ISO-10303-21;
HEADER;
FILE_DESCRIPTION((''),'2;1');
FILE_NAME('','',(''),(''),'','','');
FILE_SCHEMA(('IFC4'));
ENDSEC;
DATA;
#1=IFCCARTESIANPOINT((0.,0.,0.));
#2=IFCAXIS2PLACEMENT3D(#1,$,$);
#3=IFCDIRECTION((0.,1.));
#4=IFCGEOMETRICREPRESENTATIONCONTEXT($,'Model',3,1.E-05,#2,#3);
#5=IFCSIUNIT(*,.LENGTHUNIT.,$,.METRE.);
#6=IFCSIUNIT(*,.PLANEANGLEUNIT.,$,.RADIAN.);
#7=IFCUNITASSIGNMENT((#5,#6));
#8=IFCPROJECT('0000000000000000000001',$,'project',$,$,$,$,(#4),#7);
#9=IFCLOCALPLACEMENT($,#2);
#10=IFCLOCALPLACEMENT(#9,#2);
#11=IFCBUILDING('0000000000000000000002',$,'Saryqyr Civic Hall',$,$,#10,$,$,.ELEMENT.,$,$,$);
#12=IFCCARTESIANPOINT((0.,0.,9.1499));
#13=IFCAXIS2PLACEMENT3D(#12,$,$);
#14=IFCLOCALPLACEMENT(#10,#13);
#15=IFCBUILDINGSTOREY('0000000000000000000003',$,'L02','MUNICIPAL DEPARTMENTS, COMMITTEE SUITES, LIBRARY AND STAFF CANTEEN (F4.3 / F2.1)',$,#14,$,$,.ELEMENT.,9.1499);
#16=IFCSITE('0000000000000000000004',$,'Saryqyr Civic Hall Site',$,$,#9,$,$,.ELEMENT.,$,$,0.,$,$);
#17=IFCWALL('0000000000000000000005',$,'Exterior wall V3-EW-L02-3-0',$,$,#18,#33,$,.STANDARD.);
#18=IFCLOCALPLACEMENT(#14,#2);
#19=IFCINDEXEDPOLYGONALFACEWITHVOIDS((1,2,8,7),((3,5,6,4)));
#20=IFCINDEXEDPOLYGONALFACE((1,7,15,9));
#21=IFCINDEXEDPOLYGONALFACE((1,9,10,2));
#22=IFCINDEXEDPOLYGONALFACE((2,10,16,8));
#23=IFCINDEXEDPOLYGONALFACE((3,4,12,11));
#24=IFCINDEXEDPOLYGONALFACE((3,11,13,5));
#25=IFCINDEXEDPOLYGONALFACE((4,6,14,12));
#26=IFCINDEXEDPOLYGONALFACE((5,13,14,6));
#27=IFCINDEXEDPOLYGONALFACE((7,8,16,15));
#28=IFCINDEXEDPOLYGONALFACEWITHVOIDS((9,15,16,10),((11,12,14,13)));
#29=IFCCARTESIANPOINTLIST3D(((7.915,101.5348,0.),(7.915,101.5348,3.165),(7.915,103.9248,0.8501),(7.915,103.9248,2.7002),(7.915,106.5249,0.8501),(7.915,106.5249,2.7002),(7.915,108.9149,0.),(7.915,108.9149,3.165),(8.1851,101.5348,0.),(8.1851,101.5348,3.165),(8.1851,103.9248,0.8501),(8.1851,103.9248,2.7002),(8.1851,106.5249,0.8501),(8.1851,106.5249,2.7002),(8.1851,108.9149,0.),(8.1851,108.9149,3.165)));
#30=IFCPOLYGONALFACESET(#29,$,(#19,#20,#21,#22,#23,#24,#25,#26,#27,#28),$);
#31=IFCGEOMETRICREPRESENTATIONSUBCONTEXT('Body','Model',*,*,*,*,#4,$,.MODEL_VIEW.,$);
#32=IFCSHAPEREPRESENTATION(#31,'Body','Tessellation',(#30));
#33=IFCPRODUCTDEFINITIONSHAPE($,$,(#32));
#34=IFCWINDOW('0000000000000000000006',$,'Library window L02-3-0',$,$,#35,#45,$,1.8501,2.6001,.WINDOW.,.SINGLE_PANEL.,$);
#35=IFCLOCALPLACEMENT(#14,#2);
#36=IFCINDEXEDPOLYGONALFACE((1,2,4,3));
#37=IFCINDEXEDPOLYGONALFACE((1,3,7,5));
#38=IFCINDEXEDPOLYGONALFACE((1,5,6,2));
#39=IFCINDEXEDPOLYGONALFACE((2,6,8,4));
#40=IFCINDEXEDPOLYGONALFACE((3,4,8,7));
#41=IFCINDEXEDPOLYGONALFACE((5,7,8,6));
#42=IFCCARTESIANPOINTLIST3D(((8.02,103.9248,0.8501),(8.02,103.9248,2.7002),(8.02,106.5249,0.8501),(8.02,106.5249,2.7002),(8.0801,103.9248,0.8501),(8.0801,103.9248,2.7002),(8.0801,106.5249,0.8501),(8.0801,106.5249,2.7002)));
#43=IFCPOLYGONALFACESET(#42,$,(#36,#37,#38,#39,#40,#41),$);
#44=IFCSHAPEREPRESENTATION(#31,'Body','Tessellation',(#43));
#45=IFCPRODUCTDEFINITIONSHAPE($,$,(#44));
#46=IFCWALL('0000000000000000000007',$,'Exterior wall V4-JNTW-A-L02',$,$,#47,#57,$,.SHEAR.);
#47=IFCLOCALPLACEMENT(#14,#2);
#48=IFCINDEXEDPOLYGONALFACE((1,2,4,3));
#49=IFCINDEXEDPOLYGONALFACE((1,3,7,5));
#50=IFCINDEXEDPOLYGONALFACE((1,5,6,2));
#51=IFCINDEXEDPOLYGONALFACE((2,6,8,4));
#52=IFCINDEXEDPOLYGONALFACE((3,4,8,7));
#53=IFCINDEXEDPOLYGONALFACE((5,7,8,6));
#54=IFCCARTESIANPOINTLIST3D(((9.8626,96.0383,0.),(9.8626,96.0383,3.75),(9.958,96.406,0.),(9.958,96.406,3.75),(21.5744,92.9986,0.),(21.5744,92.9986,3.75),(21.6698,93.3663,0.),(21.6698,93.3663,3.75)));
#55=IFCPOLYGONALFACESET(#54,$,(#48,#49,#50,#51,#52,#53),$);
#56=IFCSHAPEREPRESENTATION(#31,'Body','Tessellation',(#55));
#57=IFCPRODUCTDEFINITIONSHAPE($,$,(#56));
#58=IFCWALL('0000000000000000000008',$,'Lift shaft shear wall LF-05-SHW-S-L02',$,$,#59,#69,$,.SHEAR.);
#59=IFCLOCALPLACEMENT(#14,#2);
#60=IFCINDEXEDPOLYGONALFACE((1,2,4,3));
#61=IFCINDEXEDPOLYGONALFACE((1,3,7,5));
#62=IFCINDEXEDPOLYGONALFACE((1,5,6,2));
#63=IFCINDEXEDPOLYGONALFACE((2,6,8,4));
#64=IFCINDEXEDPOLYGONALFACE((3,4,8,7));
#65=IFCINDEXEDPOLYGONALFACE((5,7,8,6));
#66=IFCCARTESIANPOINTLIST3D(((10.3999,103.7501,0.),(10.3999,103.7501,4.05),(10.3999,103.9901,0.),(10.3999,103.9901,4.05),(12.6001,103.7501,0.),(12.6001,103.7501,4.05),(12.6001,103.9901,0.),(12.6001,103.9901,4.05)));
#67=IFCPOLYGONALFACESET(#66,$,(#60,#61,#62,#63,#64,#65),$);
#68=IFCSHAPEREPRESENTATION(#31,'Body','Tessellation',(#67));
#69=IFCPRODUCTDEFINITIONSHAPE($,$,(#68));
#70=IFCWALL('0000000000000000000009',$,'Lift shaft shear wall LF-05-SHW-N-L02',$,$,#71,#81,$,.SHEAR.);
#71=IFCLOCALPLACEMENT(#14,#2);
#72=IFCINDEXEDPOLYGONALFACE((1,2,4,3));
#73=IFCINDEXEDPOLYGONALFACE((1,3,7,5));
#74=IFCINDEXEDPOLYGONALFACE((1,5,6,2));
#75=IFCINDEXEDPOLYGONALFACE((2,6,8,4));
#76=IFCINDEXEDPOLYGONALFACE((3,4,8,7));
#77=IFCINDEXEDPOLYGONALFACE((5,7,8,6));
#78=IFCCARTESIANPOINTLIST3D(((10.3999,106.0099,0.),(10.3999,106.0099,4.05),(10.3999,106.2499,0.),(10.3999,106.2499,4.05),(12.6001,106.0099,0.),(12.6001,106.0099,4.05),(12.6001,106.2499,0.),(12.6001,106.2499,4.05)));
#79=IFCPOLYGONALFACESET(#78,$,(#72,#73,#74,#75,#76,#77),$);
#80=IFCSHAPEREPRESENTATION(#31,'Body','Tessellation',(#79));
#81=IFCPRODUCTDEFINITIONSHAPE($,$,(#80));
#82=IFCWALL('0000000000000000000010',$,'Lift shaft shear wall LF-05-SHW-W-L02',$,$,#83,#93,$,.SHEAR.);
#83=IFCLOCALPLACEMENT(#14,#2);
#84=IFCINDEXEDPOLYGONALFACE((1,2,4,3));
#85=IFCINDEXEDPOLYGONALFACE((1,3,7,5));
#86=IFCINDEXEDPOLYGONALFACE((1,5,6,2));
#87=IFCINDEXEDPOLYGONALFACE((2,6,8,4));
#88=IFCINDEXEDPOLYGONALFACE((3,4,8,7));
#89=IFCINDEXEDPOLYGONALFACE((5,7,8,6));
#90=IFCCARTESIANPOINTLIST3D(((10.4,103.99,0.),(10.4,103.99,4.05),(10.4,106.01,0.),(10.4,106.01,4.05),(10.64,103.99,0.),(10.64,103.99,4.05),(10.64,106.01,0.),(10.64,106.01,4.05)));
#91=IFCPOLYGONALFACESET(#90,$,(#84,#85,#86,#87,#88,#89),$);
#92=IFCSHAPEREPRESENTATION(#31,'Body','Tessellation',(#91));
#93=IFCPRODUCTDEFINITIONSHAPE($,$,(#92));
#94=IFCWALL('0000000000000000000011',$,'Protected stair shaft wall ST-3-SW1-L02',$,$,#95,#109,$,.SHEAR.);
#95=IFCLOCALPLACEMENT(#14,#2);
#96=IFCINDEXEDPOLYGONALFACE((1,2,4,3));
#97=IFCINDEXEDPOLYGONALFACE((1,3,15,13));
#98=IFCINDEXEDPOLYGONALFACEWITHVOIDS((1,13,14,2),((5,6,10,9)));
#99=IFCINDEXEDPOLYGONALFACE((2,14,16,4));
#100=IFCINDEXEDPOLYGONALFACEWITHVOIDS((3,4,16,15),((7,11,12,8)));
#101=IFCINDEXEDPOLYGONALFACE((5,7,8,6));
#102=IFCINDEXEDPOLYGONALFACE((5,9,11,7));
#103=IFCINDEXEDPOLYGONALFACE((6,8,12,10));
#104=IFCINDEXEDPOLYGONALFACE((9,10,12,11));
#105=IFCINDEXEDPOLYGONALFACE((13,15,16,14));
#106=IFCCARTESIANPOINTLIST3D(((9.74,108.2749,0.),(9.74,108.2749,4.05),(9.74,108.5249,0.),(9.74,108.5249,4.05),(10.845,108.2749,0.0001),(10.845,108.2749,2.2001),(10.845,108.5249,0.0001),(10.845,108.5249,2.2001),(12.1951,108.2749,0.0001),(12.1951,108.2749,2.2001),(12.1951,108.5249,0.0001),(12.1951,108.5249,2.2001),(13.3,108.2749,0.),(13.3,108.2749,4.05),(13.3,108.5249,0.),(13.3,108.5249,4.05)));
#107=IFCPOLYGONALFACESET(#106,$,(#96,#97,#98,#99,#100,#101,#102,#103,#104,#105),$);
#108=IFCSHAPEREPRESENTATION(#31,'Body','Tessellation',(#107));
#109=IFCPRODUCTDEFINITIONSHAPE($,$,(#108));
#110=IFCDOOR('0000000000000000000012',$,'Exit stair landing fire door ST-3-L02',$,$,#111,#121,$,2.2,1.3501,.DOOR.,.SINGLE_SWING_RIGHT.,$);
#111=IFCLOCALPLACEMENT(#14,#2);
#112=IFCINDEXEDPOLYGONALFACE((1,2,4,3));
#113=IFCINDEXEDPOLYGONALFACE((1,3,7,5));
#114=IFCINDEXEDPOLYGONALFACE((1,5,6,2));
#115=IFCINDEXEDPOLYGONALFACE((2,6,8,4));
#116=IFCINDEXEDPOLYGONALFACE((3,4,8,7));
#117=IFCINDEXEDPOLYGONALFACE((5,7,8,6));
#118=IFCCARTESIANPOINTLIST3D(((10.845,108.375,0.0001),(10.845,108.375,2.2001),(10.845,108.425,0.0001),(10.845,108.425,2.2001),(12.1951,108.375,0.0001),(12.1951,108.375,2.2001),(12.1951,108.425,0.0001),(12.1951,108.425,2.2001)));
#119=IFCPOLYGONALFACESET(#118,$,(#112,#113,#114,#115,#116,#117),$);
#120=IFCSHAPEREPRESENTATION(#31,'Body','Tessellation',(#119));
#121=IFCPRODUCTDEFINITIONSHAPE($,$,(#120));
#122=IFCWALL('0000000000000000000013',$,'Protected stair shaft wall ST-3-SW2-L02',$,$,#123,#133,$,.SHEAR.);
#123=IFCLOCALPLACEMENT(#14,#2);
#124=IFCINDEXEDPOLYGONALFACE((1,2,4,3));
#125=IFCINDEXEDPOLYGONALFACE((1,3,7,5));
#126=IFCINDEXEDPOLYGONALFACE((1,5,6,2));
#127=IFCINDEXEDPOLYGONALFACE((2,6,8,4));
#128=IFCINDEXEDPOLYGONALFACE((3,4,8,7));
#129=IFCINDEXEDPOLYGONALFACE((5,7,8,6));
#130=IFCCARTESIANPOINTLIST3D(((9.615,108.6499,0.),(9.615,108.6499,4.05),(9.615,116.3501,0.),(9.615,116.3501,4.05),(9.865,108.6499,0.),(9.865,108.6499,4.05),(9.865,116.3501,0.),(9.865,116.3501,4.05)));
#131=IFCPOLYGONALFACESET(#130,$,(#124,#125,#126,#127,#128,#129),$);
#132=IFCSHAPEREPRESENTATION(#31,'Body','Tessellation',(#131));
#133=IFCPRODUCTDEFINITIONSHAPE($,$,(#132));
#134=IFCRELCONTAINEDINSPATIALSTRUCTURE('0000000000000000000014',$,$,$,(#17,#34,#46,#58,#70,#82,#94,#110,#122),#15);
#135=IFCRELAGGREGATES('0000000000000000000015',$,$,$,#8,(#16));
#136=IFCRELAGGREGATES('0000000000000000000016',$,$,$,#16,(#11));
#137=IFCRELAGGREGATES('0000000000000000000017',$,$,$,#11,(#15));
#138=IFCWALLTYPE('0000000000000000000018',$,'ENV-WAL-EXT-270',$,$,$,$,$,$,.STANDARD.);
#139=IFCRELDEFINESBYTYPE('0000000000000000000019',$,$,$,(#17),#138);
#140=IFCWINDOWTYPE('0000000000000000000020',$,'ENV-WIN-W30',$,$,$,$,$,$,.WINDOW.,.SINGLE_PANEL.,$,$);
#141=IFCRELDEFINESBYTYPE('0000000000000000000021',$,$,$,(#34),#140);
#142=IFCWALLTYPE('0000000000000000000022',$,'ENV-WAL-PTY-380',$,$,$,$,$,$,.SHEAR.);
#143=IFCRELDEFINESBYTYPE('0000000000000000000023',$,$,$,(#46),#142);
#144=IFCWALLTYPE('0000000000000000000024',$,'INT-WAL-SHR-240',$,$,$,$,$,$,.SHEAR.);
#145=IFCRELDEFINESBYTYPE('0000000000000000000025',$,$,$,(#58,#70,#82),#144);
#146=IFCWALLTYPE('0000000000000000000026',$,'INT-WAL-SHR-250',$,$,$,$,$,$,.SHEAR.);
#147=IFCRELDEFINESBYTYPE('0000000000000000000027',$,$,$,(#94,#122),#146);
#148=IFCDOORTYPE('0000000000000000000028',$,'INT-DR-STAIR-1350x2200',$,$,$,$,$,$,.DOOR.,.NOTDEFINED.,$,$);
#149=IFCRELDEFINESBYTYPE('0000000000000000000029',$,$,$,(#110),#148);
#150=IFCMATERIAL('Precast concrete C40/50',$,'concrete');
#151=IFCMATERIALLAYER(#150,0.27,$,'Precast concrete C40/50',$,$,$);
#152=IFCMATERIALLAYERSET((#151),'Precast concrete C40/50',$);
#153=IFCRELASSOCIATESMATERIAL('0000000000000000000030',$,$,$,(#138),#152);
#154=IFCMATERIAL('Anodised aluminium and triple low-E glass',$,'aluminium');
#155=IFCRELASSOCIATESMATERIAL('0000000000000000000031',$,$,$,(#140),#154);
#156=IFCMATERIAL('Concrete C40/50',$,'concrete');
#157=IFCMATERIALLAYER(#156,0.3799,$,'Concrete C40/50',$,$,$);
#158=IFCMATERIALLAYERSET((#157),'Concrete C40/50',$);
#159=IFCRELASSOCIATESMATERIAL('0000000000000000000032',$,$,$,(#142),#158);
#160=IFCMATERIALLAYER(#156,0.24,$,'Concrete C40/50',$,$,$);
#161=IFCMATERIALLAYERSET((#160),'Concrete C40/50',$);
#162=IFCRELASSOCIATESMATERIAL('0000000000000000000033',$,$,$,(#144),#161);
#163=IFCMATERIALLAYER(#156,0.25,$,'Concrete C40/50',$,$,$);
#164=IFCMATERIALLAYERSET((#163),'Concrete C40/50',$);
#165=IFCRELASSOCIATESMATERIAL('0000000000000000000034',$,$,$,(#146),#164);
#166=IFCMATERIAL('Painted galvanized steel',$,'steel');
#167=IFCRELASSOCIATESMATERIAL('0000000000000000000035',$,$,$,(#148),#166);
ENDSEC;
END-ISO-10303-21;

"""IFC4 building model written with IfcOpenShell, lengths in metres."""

from ifc_helpers import new_model, si_unit, direction, frame, frame_2d, origin, place, context, subcontext, project, spatial, rectangle, extrude, material, layer, layer_set, type_object, element, fill, save


model = new_model("IFC4")

# Units and contexts
model_context = context("Model", 3, precision=1e-05, world=origin(), true_north=direction((0.0, 1.0)))
body_context = subcontext(model_context, "Body", "Model", "MODEL_VIEW")
ifc_project = project(units=[si_unit("LENGTHUNIT", "METRE"), si_unit("PLANEANGLEUNIT", "RADIAN")], contexts=[model_context])

# Site, building, storey
site_placement = place(None, origin())
site = spatial("IfcSite", under=ifc_project, at=site_placement, Name="Saryqyr Civic Hall Site", CompositionType="ELEMENT", RefElevation=0.0)
building_placement = place(site_placement, origin())
building = spatial("IfcBuilding", under=site, at=building_placement, Name="Saryqyr Civic Hall", CompositionType="ELEMENT")
storey_placement = place(building_placement, frame((0.0, 0.0, 9.1499)))
storey = spatial("IfcBuildingStorey", under=building, at=storey_placement, Name="L02", Description="MUNICIPAL DEPARTMENTS, COMMITTEE SUITES, LIBRARY AND STAFF CANTEEN (F4.3 / F2.1)", CompositionType="ELEMENT", Elevation=9.1499)

# Shared definitions
ifc_material_1 = material(Name="Concrete C40/50", Category="concrete")

# Shared definitions
ifc_material_2 = material(Name="Anodised aluminium and triple low-E glass", Category="aluminium")

# Wall, opening, window
ifc_material_3 = material(Name="Precast concrete C40/50", Category="concrete")
ifc_layer_1 = layer(ifc_material_3, 0.27, Name="Precast concrete C40/50")
ifc_layer_set_1 = layer_set([ifc_layer_1], Name="Precast concrete C40/50")
wall_type_1 = type_object("IfcWallType", Name="ENV-WAL-EXT-270", PredefinedType="STANDARD", material=ifc_layer_set_1)
wall_1_placement = place(storey_placement, frame((8.05, 101.5349, 0.0), z_axis=(0.0, 0.0, 1.0), x_axis=(0.0, 1.0, 0.0)))
wall_1 = element("IfcWall", 1, at=wall_1_placement, inside=storey, type_object=wall_type_1, Name="Exterior wall V3-EW-L02-3-0", PredefinedType="STANDARD", context=body_context, shape_type="SweptSolid", body=[
    extrude(rectangle(XDim=7.3801, YDim=0.27, at=frame_2d((3.6899, 0.0))), origin(), (0.0, 0.0, 1.0), 3.165),
])
opening_1_placement = place(wall_1_placement, frame((2.3899, 0.0, 0.8501)))
opening_1 = element("IfcOpeningElement", 2, at=opening_1_placement, cuts=wall_1, PredefinedType="OPENING", context=body_context, shape_type="SweptSolid", body=[
    extrude(rectangle(XDim=2.6001, YDim=1.8501, at=frame_2d((1.3, 0.925))), frame((0.0, 0.145, 0.0), z_axis=(0.0, -1.0, 0.0), x_axis=(1.0, 0.0, 0.0)), (0.0, 0.0, 1.0), 0.29),
])
window_type_1 = type_object("IfcWindowType", Name="ENV-WIN-W30", PartitioningType="SINGLE_PANEL", PredefinedType="WINDOW", material=ifc_material_2)
window_1_placement = place(opening_1_placement, origin())
window_1 = element("IfcWindow", 3, at=window_1_placement, inside=storey, type_object=window_type_1, Name="Library window L02-3-0", OverallHeight=1.8501, OverallWidth=2.6001, PartitioningType="SINGLE_PANEL", PredefinedType="WINDOW", context=body_context, shape_type="SweptSolid", body=[
    extrude(rectangle(XDim=2.6001, YDim=1.8501, at=frame_2d((1.3, 0.925))), frame((0.0, 0.03, 0.0), z_axis=(0.0, -1.0, 0.0), x_axis=(1.0, 0.0, 0.0)), (0.0, 0.0, 1.0), 0.0601),
])
fill(opening_1, window_1)

# Walls
ifc_layer_2 = layer(ifc_material_1, 0.3799, Name="Concrete C40/50")
ifc_layer_set_2 = layer_set([ifc_layer_2], Name="Concrete C40/50")
wall_type_2 = type_object("IfcWallType", Name="ENV-WAL-PTY-380", PredefinedType="SHEAR", material=ifc_layer_set_2)
wall_2_placement = place(storey_placement, frame((9.9104, 96.2222, 0.0), z_axis=(0.0, 0.0, 1.0), x_axis=(0.967929, -0.251223, 0.0)))
element("IfcWall", 4, at=wall_2_placement, inside=storey, type_object=wall_type_2, Name="Exterior wall V4-JNTW-A-L02", PredefinedType="SHEAR", context=body_context, shape_type="SweptSolid", body=[
    extrude(rectangle(XDim=12.0999, YDim=0.3799, at=frame_2d((6.0498, 0.0))), origin(), (0.0, 0.0, 1.0), 3.75),
])
ifc_layer_3 = layer(ifc_material_1, 0.24, Name="Concrete C40/50")
ifc_layer_set_3 = layer_set([ifc_layer_3], Name="Concrete C40/50")
wall_type_3 = type_object("IfcWallType", Name="INT-WAL-SHR-240", PredefinedType="SHEAR", material=ifc_layer_set_3)
wall_3_placement = place(storey_placement, frame((12.6001, 103.8701, 0.0), z_axis=(0.0, 0.0, 1.0), x_axis=(-1.0, 0.0, 0.0)))
element("IfcWall", 5, at=wall_3_placement, inside=storey, type_object=wall_type_3, Name="Lift shaft shear wall LF-05-SHW-S-L02", PredefinedType="SHEAR", context=body_context, shape_type="SweptSolid", body=[
    extrude(rectangle(XDim=2.2002, YDim=0.24, at=frame_2d((1.1001, 0.0))), origin(), (0.0, 0.0, 1.0), 4.05),
])

# Walls
wall_4_placement = place(storey_placement, frame((10.3999, 106.1299, 0.0), z_axis=(0.0, 0.0, 1.0), x_axis=(1.0, 0.0, 0.0)))
element("IfcWall", 6, at=wall_4_placement, inside=storey, type_object=wall_type_3, Name="Lift shaft shear wall LF-05-SHW-N-L02", PredefinedType="SHEAR", context=body_context, shape_type="SweptSolid", body=[
    extrude(rectangle(XDim=2.2002, YDim=0.24, at=frame_2d((1.1001, 0.0))), origin(), (0.0, 0.0, 1.0), 4.05),
])
wall_5_placement = place(storey_placement, frame((10.52, 103.99, 0.0), z_axis=(0.0, 0.0, 1.0), x_axis=(0.0, 1.0, 0.0)))
element("IfcWall", 7, at=wall_5_placement, inside=storey, type_object=wall_type_3, Name="Lift shaft shear wall LF-05-SHW-W-L02", PredefinedType="SHEAR", context=body_context, shape_type="SweptSolid", body=[
    extrude(rectangle(XDim=2.02, YDim=0.24, at=frame_2d((1.01, 0.0))), origin(), (0.0, 0.0, 1.0), 4.05),
])

# Wall, opening, door
ifc_layer_4 = layer(ifc_material_1, 0.25, Name="Concrete C40/50")
ifc_layer_set_4 = layer_set([ifc_layer_4], Name="Concrete C40/50")
wall_type_4 = type_object("IfcWallType", Name="INT-WAL-SHR-250", PredefinedType="SHEAR", material=ifc_layer_set_4)
wall_6_placement = place(storey_placement, frame((13.3, 108.3999, 0.0), z_axis=(0.0, 0.0, 1.0), x_axis=(-1.0, 0.0, 0.0)))
wall_6 = element("IfcWall", 8, at=wall_6_placement, inside=storey, type_object=wall_type_4, Name="Protected stair shaft wall ST-3-SW1-L02", PredefinedType="SHEAR", context=body_context, shape_type="SweptSolid", body=[
    extrude(rectangle(XDim=3.5601, YDim=0.25, at=frame_2d((1.78, 0.0))), origin(), (0.0, 0.0, 1.0), 4.05),
])
opening_2_placement = place(wall_6_placement, frame((1.105, 0.0, 0.0)))
opening_2 = element("IfcOpeningElement", 9, at=opening_2_placement, cuts=wall_6, PredefinedType="OPENING", context=body_context, shape_type="SweptSolid", body=[
    extrude(rectangle(XDim=1.3501, YDim=2.2, at=frame_2d((0.675, 1.1001))), frame((0.0, 0.135, 0.0), z_axis=(0.0, -1.0, 0.0), x_axis=(1.0, 0.0, 0.0)), (0.0, 0.0, 1.0), 0.27),
])
ifc_material_4 = material(Name="Painted galvanized steel", Category="steel")
door_type_1 = type_object("IfcDoorType", Name="INT-DR-STAIR-1350x2200", OperationType="NOTDEFINED", PredefinedType="DOOR", material=ifc_material_4)
door_1_placement = place(opening_2_placement, origin())
door_1 = element("IfcDoor", 10, at=door_1_placement, inside=storey, type_object=door_type_1, Name="Exit stair landing fire door ST-3-L02", OperationType="SINGLE_SWING_RIGHT", OverallHeight=2.2, OverallWidth=1.3501, PredefinedType="DOOR", context=body_context, shape_type="SweptSolid", body=[
    extrude(rectangle(XDim=1.3501, YDim=2.2, at=frame_2d((0.675, 1.1001))), frame((0.0, 0.0249, 0.0), z_axis=(0.0, -1.0, 0.0), x_axis=(1.0, 0.0, 0.0)), (0.0, 0.0, 1.0), 0.05),
])
fill(opening_2, door_1)

# Wall
wall_7_placement = place(storey_placement, frame((9.74, 108.6499, 0.0), z_axis=(0.0, 0.0, 1.0), x_axis=(0.0, 1.0, 0.0)))
element("IfcWall", 11, at=wall_7_placement, inside=storey, type_object=wall_type_4, Name="Protected stair shaft wall ST-3-SW2-L02", PredefinedType="SHEAR", context=body_context, shape_type="SweptSolid", body=[
    extrude(rectangle(XDim=7.7002, YDim=0.25, at=frame_2d((3.8501, 0.0))), origin(), (0.0, 0.0, 1.0), 4.05),
])

save(model, "model.ifc")
